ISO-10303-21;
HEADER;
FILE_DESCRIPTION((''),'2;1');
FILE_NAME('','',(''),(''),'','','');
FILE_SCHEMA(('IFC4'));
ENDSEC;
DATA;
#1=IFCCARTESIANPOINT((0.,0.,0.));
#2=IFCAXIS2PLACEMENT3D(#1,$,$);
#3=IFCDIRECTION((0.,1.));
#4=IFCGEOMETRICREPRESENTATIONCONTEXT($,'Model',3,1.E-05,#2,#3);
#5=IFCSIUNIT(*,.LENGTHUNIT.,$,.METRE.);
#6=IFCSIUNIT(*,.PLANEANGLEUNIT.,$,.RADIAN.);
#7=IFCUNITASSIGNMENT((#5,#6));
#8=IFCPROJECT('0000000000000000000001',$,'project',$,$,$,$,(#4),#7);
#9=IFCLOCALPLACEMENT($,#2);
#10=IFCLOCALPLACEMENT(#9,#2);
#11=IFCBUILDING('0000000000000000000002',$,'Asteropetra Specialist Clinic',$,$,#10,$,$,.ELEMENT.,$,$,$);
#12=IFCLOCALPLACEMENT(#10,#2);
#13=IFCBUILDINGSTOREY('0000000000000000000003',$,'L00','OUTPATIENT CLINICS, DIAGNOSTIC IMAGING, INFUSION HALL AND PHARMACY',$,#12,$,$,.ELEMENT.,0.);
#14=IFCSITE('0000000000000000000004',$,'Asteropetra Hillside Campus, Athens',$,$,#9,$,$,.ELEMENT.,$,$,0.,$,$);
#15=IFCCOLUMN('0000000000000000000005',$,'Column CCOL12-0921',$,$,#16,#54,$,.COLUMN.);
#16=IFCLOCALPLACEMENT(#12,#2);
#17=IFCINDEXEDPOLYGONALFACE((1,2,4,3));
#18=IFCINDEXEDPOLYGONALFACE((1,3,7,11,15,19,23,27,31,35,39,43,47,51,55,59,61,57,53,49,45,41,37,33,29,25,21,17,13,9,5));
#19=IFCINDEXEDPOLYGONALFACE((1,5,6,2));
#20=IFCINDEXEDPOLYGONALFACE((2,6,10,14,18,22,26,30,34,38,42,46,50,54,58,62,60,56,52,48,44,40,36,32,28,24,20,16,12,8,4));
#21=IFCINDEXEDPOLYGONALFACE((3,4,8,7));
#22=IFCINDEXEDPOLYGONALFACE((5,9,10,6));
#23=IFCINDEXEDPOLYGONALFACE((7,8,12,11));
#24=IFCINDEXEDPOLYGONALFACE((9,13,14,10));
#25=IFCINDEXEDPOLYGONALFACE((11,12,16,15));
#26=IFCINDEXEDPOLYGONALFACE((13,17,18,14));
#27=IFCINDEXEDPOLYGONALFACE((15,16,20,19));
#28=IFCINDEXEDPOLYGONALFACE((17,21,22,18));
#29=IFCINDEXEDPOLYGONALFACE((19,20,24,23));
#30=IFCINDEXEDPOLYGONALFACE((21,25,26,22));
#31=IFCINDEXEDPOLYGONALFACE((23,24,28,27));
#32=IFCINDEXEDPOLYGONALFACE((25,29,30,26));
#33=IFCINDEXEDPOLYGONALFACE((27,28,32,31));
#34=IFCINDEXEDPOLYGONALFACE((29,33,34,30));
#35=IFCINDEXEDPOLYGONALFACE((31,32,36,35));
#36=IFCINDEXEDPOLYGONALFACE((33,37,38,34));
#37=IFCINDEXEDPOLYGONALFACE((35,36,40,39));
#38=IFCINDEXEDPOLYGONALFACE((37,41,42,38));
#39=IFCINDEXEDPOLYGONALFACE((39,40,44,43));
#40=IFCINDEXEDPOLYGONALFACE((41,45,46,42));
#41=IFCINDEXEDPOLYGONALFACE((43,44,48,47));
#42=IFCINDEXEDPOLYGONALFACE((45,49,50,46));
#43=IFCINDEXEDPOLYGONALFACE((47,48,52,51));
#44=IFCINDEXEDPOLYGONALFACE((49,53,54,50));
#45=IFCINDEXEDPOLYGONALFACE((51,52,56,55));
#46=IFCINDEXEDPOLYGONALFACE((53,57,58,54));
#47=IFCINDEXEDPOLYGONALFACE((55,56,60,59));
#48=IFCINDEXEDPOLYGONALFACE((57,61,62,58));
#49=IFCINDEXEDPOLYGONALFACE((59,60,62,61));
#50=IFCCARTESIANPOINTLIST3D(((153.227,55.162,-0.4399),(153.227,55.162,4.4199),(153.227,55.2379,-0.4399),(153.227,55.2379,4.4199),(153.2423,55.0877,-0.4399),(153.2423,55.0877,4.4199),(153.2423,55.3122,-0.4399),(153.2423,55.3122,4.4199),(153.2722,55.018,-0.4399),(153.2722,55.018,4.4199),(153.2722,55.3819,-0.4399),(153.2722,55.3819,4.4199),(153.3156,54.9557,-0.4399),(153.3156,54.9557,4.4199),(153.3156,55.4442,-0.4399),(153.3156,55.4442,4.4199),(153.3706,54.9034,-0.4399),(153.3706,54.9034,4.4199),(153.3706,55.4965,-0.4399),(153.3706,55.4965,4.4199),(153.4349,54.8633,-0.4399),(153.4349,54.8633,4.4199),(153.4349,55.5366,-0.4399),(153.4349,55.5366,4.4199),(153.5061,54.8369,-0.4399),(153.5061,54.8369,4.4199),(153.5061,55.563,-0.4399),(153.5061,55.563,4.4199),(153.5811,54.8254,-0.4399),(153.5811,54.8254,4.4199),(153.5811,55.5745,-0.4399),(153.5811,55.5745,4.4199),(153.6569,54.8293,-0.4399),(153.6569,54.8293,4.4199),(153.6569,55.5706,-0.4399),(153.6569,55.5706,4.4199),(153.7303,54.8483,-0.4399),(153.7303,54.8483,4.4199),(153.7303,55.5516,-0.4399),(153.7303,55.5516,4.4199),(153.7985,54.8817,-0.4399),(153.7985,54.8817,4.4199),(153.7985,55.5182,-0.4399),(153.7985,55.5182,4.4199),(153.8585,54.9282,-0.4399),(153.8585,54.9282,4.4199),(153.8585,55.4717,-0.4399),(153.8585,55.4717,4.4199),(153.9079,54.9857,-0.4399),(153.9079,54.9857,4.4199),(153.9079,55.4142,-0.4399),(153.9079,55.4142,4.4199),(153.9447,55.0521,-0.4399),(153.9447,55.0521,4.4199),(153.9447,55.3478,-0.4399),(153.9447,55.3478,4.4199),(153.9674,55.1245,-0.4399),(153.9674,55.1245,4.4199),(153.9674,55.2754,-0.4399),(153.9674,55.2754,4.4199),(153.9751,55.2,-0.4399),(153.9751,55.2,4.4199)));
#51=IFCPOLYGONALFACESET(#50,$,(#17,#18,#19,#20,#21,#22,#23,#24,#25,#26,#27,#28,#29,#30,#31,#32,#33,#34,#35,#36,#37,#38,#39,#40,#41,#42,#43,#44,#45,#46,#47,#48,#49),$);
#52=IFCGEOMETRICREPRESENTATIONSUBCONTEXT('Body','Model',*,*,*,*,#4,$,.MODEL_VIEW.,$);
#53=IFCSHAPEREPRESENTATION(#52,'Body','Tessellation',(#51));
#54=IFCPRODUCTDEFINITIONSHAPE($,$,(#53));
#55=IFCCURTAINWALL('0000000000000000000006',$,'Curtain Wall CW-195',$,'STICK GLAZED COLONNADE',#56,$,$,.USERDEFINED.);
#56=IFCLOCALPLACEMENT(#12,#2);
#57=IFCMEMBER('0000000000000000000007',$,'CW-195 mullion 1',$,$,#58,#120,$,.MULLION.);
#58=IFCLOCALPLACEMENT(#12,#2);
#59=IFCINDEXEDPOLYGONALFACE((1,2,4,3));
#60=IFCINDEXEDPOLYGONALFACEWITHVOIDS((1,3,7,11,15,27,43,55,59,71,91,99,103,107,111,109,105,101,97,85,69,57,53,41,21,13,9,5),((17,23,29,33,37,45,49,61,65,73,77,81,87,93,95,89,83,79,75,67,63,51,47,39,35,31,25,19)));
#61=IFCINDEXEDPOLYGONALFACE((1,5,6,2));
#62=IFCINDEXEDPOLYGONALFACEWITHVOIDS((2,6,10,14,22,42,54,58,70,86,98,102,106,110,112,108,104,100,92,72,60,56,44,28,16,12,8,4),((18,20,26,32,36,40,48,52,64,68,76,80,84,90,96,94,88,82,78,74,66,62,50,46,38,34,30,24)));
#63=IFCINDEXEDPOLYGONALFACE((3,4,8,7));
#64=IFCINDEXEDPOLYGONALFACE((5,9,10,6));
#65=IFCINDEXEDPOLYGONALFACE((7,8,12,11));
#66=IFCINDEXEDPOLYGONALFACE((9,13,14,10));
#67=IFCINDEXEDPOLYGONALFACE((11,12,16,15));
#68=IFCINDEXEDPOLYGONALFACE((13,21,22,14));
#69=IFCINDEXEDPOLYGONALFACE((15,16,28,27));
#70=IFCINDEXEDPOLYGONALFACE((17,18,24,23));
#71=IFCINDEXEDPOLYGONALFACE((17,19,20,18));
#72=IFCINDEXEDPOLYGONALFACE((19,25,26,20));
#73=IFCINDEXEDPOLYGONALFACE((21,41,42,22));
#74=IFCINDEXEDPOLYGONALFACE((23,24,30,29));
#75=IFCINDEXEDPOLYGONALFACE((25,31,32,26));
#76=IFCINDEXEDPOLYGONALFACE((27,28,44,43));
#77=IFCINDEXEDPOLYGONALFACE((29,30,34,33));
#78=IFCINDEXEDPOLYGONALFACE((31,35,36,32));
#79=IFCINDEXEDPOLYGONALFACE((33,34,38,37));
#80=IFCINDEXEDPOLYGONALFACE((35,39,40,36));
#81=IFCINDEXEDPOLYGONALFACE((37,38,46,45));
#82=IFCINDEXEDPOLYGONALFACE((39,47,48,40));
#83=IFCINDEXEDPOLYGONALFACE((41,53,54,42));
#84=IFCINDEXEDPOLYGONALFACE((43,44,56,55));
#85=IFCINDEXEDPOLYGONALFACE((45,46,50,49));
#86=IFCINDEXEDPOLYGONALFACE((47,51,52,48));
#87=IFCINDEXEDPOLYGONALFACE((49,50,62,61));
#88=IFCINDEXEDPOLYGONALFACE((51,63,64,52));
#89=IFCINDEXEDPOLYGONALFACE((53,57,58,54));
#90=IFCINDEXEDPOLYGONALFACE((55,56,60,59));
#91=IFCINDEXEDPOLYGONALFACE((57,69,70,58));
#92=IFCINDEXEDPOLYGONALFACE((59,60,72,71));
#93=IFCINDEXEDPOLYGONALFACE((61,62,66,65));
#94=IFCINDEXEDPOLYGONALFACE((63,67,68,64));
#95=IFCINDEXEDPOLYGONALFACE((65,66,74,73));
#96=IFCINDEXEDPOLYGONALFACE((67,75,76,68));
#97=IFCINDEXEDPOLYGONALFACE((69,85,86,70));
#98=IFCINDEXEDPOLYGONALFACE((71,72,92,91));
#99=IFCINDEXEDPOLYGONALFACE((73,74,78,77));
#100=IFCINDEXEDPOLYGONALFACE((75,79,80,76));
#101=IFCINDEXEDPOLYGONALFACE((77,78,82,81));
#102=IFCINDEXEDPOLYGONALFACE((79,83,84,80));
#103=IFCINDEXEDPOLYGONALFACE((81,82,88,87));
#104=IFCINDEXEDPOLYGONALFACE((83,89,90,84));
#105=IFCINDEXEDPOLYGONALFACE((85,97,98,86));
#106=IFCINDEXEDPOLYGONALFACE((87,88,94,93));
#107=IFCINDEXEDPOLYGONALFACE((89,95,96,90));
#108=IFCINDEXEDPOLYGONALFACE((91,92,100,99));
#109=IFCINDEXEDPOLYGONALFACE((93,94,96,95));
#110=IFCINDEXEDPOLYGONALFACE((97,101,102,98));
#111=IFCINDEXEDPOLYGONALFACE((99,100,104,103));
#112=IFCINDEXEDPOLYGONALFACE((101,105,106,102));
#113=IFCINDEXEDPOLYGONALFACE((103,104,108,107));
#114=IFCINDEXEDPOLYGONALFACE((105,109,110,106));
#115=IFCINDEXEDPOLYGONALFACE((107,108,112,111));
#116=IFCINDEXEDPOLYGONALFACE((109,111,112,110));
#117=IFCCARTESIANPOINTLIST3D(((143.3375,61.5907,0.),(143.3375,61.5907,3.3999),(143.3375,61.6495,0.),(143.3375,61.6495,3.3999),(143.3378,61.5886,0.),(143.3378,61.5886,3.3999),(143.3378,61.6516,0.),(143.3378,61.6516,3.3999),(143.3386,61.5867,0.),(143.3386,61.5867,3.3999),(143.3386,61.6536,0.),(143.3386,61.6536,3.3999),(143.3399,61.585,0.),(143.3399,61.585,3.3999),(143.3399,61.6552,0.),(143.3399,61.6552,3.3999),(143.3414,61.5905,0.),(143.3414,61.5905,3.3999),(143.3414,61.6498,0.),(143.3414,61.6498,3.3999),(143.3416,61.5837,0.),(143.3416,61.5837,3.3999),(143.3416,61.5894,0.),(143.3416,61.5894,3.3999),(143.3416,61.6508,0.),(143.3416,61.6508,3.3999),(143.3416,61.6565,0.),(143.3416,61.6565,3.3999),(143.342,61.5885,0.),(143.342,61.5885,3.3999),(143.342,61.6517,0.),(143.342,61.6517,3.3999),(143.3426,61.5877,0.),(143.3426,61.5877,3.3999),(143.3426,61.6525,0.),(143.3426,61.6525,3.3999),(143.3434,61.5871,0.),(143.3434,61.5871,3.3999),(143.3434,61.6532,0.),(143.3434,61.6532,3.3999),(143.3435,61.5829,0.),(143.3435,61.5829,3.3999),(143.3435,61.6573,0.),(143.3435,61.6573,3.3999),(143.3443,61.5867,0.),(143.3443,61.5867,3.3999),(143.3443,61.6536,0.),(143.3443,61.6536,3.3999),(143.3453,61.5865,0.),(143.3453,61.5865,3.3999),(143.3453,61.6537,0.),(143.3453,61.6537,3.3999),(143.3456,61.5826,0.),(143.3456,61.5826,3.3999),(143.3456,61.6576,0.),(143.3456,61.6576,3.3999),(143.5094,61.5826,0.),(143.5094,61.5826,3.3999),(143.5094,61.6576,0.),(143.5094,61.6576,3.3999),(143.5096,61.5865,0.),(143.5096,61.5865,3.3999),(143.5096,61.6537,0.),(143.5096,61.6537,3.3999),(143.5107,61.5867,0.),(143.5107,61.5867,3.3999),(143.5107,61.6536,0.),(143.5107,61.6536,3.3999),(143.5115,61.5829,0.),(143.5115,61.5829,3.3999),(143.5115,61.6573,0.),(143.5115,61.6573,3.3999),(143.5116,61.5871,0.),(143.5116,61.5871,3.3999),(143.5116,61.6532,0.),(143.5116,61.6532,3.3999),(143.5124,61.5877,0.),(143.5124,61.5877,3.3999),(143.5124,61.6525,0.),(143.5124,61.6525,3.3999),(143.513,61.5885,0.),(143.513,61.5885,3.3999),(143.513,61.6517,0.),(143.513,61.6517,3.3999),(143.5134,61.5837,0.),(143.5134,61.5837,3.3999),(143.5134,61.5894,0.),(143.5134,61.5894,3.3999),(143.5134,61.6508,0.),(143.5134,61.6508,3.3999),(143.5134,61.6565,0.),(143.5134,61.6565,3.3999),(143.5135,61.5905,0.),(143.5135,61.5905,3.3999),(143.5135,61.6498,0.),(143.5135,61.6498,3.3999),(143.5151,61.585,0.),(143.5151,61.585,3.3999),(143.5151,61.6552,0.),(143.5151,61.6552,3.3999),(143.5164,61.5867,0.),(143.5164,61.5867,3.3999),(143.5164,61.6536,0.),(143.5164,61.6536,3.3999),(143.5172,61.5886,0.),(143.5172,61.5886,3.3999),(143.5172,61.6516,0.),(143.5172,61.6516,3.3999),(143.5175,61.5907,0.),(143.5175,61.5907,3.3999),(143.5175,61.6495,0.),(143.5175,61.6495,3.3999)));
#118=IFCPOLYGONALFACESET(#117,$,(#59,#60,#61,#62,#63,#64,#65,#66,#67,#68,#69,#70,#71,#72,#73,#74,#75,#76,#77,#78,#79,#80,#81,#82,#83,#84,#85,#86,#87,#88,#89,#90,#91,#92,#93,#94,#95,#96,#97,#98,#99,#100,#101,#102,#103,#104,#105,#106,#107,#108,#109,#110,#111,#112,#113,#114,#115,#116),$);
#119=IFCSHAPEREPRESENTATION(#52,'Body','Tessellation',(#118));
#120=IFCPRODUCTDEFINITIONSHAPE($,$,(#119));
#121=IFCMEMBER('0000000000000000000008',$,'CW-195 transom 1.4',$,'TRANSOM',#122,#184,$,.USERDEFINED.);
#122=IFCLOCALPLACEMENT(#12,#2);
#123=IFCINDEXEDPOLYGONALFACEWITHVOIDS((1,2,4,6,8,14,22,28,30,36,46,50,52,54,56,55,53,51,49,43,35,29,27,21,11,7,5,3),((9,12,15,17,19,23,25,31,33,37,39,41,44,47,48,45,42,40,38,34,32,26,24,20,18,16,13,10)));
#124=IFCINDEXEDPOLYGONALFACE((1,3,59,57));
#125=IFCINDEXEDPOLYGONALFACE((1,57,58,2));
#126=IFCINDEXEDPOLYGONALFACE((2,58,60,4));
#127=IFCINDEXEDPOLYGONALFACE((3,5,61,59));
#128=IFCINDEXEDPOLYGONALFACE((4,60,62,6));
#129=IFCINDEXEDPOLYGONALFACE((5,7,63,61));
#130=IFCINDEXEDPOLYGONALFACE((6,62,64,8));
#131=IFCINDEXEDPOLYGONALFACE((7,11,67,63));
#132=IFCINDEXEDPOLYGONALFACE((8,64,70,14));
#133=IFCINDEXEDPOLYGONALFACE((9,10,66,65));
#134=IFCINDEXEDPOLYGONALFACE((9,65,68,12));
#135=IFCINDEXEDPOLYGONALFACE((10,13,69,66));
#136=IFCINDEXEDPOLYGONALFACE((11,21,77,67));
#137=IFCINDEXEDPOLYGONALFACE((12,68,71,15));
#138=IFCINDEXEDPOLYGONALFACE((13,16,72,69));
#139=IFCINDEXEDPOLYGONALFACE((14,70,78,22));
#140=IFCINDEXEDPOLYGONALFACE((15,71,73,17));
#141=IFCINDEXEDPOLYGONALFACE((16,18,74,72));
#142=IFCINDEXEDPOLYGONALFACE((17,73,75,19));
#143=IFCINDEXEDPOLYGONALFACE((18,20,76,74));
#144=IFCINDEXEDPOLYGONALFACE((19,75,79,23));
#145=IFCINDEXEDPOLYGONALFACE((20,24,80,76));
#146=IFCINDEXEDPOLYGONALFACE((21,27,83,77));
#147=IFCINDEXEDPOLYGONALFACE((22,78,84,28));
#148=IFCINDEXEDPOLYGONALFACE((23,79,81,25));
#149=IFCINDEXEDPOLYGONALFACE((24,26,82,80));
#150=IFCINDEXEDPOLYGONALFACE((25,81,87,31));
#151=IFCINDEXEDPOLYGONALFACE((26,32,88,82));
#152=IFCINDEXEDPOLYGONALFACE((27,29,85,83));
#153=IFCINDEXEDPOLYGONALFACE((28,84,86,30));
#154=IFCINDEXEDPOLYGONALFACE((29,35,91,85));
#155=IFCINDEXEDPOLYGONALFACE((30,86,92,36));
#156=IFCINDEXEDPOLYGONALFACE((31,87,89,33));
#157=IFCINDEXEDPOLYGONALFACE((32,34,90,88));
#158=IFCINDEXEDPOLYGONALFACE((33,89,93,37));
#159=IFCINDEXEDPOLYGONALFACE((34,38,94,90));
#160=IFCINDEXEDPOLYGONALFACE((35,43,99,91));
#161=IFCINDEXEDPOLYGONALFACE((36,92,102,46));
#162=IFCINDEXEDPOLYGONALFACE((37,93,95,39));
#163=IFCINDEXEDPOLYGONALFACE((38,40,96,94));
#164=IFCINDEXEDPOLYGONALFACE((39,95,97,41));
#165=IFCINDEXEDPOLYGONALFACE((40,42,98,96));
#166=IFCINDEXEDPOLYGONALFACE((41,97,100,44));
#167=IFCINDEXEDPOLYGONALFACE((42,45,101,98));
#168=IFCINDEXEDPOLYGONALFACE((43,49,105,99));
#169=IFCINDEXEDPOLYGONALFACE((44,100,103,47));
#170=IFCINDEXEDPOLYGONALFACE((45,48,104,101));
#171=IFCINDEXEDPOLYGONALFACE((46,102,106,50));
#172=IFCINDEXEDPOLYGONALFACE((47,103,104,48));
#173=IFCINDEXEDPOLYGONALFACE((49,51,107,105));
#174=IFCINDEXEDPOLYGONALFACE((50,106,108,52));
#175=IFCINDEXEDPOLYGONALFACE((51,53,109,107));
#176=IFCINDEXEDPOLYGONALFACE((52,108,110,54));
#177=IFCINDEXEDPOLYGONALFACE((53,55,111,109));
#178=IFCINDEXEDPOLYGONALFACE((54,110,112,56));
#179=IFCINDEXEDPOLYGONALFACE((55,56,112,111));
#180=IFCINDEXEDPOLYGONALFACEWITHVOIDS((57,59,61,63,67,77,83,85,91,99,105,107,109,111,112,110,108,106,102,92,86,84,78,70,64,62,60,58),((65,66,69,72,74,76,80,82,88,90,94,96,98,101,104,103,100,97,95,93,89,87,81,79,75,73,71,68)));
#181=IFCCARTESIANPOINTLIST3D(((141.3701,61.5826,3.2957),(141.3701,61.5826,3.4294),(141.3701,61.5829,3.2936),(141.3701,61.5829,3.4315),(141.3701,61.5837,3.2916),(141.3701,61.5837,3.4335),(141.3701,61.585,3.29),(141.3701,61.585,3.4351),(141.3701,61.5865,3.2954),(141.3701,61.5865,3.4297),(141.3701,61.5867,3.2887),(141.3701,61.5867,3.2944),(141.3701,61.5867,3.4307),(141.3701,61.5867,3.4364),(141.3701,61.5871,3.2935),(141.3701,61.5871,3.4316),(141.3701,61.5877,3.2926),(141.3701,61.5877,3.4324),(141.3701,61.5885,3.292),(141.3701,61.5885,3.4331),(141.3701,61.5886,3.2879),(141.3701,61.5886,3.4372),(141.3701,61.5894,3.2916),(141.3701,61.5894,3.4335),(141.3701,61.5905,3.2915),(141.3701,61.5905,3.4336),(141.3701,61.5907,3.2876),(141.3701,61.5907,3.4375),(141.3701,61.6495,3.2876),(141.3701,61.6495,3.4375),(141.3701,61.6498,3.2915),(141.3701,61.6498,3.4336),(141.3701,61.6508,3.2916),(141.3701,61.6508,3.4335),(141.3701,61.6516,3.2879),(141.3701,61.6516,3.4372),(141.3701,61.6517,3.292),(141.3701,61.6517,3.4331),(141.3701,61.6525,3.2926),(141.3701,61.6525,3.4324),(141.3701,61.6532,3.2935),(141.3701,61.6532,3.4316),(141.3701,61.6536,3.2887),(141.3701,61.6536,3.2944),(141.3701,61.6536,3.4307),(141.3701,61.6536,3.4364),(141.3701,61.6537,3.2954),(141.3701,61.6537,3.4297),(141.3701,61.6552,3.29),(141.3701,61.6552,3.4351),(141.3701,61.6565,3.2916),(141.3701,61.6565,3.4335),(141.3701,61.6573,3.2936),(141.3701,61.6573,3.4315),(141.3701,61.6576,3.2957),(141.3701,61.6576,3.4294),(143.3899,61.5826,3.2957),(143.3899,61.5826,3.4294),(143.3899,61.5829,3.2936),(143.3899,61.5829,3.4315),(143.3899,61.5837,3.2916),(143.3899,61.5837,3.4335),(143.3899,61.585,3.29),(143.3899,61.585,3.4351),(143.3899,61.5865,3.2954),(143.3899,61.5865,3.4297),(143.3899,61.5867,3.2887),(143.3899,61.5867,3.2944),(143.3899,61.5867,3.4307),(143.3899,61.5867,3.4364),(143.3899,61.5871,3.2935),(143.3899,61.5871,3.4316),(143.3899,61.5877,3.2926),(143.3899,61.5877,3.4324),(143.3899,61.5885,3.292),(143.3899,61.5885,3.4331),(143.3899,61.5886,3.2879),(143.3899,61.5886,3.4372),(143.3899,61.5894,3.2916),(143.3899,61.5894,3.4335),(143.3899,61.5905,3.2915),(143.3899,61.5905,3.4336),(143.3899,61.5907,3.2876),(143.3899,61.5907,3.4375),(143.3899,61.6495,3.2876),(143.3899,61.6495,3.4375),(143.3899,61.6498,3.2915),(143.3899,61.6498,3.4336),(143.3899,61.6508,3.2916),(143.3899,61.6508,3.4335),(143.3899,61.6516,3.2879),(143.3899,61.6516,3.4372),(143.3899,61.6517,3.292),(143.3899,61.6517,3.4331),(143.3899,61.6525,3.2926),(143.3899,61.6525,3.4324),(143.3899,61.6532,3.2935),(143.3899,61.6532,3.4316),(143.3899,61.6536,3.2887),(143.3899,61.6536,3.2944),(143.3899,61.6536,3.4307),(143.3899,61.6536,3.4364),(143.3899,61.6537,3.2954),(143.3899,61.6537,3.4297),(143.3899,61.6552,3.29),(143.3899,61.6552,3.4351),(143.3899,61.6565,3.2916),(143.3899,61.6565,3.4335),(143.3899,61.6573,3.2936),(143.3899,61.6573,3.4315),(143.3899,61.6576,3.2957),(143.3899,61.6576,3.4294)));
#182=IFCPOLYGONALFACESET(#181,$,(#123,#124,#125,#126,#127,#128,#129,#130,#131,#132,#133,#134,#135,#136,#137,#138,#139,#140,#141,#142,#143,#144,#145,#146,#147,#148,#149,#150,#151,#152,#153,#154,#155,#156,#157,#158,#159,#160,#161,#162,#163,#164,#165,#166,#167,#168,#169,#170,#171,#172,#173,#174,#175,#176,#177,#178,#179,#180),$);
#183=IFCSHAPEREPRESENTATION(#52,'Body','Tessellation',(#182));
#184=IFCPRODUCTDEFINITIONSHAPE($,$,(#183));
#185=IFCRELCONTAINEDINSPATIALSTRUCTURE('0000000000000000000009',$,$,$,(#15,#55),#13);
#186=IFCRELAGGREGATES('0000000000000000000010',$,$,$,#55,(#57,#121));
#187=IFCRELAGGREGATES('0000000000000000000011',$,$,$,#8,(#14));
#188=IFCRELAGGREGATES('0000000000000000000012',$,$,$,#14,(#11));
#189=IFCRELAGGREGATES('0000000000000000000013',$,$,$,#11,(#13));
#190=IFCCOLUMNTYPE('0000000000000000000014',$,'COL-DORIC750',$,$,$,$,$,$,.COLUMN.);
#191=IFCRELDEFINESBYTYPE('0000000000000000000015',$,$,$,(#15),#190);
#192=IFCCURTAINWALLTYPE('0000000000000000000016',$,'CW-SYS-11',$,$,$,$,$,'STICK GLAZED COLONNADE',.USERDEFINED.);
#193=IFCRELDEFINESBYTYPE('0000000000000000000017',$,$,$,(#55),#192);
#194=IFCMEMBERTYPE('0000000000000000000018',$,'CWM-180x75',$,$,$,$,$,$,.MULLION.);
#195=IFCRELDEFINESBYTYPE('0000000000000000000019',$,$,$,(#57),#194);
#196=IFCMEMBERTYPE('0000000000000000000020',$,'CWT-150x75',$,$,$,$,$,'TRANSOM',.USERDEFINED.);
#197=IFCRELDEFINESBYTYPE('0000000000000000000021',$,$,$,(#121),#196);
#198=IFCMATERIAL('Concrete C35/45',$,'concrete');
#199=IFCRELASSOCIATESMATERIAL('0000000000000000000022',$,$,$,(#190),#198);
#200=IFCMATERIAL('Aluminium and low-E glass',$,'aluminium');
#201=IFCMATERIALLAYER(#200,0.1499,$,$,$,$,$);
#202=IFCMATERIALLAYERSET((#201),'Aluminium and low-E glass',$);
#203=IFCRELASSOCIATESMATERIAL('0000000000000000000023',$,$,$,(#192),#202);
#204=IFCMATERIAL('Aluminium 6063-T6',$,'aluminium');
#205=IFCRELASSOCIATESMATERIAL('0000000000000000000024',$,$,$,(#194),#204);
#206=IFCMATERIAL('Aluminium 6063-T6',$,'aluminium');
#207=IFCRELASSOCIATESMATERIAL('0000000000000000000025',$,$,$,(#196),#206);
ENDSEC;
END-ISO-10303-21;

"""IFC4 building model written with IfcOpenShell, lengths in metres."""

from ifc_helpers import new_model, si_unit, direction, frame, origin, origin_2d, place, context, subcontext, project, spatial, hollow_rectangle, circle, extrude, material, layer, layer_set, material_profile, profile_set, type_object, element, aggregate, save


model = new_model("IFC4")

# Units and contexts
model_context = context("Model", 3, precision=1e-05, world=origin(), true_north=direction((0.0, 1.0)))
body_context = subcontext(model_context, "Body", "Model", "MODEL_VIEW")
ifc_project = project(units=[si_unit("LENGTHUNIT", "METRE"), si_unit("PLANEANGLEUNIT", "RADIAN")], contexts=[model_context])

# Site, building, storey
site_placement = place(None, origin())
site = spatial("IfcSite", under=ifc_project, at=site_placement, Name="Asteropetra Hillside Campus, Athens", CompositionType="ELEMENT", RefElevation=0.0)
building_placement = place(site_placement, origin())
building = spatial("IfcBuilding", under=site, at=building_placement, Name="Asteropetra Specialist Clinic", CompositionType="ELEMENT")
storey_placement = place(building_placement, origin())
storey = spatial("IfcBuildingStorey", under=building, at=storey_placement, Name="L00", Description="OUTPATIENT CLINICS, DIAGNOSTIC IMAGING, INFUSION HALL AND PHARMACY", CompositionType="ELEMENT", Elevation=0.0)

# Column
ifc_material_1 = material(Name="Concrete C35/45", Category="concrete")
ifc_material_profile_1 = material_profile(ifc_material_1, circle(Radius=0.375, at=origin_2d()), Name="RCC D750")
ifc_profile_set_1 = profile_set([ifc_material_profile_1], Name="Concrete C35/45")
column_type = type_object("IfcColumnType", Name="COL-DORIC750", PredefinedType="COLUMN", material=ifc_profile_set_1)
for number, where, z_axis, x_axis, name in (
    (1, (153.6001, 55.2, -0.4399), (0.0, 0.0, 1.0), (1.0, 0.0, 0.0), "Column CCOL12-0921"),
):
    element("IfcColumn", number, at=place(storey_placement, frame(where, z_axis=z_axis, x_axis=x_axis)), inside=storey, type_object=column_type, Name=name, PredefinedType="COLUMN", context=body_context, shape_type="SweptSolid", body=[
        extrude(circle(Radius=0.375, at=origin_2d()), origin(), (0.0, 0.0, 1.0), 4.8599),
    ])

# Curtain wall, members
ifc_material_2 = material(Name="Aluminium and low-E glass", Category="aluminium")
ifc_layer_1 = layer(ifc_material_2, 0.1499)
ifc_layer_set_1 = layer_set([ifc_layer_1], Name="Aluminium and low-E glass")
curtain_wall_type = type_object("IfcCurtainWallType", Name="CW-SYS-11", ElementType="STICK GLAZED COLONNADE", PredefinedType="USERDEFINED", material=ifc_layer_set_1)
curtain_wall_placement = place(storey_placement, origin())
curtain_wall = element("IfcCurtainWall", 2, at=curtain_wall_placement, inside=storey, type_object=curtain_wall_type, Name="Curtain Wall CW-195", ObjectType="STICK GLAZED COLONNADE", PredefinedType="USERDEFINED")
ifc_material_3 = material(Name="Aluminium 6063-T6", Category="aluminium")
ifc_material_profile_2 = material_profile(ifc_material_3, hollow_rectangle(XDim=0.075, YDim=0.1799, WallThickness=0.0039, InnerFilletRadius=0.0039, OuterFilletRadius=0.0081, at=origin_2d()), Name="MUL 180x75x4.0")
ifc_profile_set_2 = profile_set([ifc_material_profile_2], Name="Aluminium 6063-T6")
member_type_1 = type_object("IfcMemberType", Name="CWM-180x75", PredefinedType="MULLION", material=ifc_profile_set_2)
member_1_placement = place(storey_placement, frame((143.4275, 61.6201, 0.0), z_axis=(0.0, 0.0, 1.0), x_axis=(0.0, -1.0, 0.0)))
member_1 = element("IfcMember", 3, at=member_1_placement, type_object=member_type_1, Name="CW-195 mullion 1", PredefinedType="MULLION", context=body_context, shape_type="SweptSolid", body=[
    extrude(hollow_rectangle(XDim=0.075, YDim=0.1799, WallThickness=0.0039, InnerFilletRadius=0.0039, OuterFilletRadius=0.0081, at=origin_2d()), origin(), (0.0, 0.0, 1.0), 3.3999),
])
ifc_material_4 = material(Name="Aluminium 6063-T6", Category="aluminium")
ifc_material_profile_3 = material_profile(ifc_material_4, hollow_rectangle(XDim=0.075, YDim=0.1499, WallThickness=0.0039, InnerFilletRadius=0.0039, OuterFilletRadius=0.0081, at=origin_2d()), Name="TRN 150x75x4.0")
ifc_profile_set_3 = profile_set([ifc_material_profile_3], Name="Aluminium 6063-T6")
member_type_2 = type_object("IfcMemberType", Name="CWT-150x75", ElementType="TRANSOM", PredefinedType="USERDEFINED", material=ifc_profile_set_3)
member_2_placement = place(storey_placement, frame((143.3899, 61.6201, 3.3625), z_axis=(-1.0, 0.0, 0.0), x_axis=(0.0, -1.0, 0.0)))
member_2 = element("IfcMember", 4, at=member_2_placement, type_object=member_type_2, Name="CW-195 transom 1.4", ObjectType="TRANSOM", PredefinedType="USERDEFINED", context=body_context, shape_type="SweptSolid", body=[
    extrude(hollow_rectangle(XDim=0.075, YDim=0.1499, WallThickness=0.0039, InnerFilletRadius=0.0039, OuterFilletRadius=0.0081, at=origin_2d()), origin(), (0.0, 0.0, 1.0), 2.0198),
])
aggregate(curtain_wall, [member_1, member_2])

save(model, "model.ifc")
